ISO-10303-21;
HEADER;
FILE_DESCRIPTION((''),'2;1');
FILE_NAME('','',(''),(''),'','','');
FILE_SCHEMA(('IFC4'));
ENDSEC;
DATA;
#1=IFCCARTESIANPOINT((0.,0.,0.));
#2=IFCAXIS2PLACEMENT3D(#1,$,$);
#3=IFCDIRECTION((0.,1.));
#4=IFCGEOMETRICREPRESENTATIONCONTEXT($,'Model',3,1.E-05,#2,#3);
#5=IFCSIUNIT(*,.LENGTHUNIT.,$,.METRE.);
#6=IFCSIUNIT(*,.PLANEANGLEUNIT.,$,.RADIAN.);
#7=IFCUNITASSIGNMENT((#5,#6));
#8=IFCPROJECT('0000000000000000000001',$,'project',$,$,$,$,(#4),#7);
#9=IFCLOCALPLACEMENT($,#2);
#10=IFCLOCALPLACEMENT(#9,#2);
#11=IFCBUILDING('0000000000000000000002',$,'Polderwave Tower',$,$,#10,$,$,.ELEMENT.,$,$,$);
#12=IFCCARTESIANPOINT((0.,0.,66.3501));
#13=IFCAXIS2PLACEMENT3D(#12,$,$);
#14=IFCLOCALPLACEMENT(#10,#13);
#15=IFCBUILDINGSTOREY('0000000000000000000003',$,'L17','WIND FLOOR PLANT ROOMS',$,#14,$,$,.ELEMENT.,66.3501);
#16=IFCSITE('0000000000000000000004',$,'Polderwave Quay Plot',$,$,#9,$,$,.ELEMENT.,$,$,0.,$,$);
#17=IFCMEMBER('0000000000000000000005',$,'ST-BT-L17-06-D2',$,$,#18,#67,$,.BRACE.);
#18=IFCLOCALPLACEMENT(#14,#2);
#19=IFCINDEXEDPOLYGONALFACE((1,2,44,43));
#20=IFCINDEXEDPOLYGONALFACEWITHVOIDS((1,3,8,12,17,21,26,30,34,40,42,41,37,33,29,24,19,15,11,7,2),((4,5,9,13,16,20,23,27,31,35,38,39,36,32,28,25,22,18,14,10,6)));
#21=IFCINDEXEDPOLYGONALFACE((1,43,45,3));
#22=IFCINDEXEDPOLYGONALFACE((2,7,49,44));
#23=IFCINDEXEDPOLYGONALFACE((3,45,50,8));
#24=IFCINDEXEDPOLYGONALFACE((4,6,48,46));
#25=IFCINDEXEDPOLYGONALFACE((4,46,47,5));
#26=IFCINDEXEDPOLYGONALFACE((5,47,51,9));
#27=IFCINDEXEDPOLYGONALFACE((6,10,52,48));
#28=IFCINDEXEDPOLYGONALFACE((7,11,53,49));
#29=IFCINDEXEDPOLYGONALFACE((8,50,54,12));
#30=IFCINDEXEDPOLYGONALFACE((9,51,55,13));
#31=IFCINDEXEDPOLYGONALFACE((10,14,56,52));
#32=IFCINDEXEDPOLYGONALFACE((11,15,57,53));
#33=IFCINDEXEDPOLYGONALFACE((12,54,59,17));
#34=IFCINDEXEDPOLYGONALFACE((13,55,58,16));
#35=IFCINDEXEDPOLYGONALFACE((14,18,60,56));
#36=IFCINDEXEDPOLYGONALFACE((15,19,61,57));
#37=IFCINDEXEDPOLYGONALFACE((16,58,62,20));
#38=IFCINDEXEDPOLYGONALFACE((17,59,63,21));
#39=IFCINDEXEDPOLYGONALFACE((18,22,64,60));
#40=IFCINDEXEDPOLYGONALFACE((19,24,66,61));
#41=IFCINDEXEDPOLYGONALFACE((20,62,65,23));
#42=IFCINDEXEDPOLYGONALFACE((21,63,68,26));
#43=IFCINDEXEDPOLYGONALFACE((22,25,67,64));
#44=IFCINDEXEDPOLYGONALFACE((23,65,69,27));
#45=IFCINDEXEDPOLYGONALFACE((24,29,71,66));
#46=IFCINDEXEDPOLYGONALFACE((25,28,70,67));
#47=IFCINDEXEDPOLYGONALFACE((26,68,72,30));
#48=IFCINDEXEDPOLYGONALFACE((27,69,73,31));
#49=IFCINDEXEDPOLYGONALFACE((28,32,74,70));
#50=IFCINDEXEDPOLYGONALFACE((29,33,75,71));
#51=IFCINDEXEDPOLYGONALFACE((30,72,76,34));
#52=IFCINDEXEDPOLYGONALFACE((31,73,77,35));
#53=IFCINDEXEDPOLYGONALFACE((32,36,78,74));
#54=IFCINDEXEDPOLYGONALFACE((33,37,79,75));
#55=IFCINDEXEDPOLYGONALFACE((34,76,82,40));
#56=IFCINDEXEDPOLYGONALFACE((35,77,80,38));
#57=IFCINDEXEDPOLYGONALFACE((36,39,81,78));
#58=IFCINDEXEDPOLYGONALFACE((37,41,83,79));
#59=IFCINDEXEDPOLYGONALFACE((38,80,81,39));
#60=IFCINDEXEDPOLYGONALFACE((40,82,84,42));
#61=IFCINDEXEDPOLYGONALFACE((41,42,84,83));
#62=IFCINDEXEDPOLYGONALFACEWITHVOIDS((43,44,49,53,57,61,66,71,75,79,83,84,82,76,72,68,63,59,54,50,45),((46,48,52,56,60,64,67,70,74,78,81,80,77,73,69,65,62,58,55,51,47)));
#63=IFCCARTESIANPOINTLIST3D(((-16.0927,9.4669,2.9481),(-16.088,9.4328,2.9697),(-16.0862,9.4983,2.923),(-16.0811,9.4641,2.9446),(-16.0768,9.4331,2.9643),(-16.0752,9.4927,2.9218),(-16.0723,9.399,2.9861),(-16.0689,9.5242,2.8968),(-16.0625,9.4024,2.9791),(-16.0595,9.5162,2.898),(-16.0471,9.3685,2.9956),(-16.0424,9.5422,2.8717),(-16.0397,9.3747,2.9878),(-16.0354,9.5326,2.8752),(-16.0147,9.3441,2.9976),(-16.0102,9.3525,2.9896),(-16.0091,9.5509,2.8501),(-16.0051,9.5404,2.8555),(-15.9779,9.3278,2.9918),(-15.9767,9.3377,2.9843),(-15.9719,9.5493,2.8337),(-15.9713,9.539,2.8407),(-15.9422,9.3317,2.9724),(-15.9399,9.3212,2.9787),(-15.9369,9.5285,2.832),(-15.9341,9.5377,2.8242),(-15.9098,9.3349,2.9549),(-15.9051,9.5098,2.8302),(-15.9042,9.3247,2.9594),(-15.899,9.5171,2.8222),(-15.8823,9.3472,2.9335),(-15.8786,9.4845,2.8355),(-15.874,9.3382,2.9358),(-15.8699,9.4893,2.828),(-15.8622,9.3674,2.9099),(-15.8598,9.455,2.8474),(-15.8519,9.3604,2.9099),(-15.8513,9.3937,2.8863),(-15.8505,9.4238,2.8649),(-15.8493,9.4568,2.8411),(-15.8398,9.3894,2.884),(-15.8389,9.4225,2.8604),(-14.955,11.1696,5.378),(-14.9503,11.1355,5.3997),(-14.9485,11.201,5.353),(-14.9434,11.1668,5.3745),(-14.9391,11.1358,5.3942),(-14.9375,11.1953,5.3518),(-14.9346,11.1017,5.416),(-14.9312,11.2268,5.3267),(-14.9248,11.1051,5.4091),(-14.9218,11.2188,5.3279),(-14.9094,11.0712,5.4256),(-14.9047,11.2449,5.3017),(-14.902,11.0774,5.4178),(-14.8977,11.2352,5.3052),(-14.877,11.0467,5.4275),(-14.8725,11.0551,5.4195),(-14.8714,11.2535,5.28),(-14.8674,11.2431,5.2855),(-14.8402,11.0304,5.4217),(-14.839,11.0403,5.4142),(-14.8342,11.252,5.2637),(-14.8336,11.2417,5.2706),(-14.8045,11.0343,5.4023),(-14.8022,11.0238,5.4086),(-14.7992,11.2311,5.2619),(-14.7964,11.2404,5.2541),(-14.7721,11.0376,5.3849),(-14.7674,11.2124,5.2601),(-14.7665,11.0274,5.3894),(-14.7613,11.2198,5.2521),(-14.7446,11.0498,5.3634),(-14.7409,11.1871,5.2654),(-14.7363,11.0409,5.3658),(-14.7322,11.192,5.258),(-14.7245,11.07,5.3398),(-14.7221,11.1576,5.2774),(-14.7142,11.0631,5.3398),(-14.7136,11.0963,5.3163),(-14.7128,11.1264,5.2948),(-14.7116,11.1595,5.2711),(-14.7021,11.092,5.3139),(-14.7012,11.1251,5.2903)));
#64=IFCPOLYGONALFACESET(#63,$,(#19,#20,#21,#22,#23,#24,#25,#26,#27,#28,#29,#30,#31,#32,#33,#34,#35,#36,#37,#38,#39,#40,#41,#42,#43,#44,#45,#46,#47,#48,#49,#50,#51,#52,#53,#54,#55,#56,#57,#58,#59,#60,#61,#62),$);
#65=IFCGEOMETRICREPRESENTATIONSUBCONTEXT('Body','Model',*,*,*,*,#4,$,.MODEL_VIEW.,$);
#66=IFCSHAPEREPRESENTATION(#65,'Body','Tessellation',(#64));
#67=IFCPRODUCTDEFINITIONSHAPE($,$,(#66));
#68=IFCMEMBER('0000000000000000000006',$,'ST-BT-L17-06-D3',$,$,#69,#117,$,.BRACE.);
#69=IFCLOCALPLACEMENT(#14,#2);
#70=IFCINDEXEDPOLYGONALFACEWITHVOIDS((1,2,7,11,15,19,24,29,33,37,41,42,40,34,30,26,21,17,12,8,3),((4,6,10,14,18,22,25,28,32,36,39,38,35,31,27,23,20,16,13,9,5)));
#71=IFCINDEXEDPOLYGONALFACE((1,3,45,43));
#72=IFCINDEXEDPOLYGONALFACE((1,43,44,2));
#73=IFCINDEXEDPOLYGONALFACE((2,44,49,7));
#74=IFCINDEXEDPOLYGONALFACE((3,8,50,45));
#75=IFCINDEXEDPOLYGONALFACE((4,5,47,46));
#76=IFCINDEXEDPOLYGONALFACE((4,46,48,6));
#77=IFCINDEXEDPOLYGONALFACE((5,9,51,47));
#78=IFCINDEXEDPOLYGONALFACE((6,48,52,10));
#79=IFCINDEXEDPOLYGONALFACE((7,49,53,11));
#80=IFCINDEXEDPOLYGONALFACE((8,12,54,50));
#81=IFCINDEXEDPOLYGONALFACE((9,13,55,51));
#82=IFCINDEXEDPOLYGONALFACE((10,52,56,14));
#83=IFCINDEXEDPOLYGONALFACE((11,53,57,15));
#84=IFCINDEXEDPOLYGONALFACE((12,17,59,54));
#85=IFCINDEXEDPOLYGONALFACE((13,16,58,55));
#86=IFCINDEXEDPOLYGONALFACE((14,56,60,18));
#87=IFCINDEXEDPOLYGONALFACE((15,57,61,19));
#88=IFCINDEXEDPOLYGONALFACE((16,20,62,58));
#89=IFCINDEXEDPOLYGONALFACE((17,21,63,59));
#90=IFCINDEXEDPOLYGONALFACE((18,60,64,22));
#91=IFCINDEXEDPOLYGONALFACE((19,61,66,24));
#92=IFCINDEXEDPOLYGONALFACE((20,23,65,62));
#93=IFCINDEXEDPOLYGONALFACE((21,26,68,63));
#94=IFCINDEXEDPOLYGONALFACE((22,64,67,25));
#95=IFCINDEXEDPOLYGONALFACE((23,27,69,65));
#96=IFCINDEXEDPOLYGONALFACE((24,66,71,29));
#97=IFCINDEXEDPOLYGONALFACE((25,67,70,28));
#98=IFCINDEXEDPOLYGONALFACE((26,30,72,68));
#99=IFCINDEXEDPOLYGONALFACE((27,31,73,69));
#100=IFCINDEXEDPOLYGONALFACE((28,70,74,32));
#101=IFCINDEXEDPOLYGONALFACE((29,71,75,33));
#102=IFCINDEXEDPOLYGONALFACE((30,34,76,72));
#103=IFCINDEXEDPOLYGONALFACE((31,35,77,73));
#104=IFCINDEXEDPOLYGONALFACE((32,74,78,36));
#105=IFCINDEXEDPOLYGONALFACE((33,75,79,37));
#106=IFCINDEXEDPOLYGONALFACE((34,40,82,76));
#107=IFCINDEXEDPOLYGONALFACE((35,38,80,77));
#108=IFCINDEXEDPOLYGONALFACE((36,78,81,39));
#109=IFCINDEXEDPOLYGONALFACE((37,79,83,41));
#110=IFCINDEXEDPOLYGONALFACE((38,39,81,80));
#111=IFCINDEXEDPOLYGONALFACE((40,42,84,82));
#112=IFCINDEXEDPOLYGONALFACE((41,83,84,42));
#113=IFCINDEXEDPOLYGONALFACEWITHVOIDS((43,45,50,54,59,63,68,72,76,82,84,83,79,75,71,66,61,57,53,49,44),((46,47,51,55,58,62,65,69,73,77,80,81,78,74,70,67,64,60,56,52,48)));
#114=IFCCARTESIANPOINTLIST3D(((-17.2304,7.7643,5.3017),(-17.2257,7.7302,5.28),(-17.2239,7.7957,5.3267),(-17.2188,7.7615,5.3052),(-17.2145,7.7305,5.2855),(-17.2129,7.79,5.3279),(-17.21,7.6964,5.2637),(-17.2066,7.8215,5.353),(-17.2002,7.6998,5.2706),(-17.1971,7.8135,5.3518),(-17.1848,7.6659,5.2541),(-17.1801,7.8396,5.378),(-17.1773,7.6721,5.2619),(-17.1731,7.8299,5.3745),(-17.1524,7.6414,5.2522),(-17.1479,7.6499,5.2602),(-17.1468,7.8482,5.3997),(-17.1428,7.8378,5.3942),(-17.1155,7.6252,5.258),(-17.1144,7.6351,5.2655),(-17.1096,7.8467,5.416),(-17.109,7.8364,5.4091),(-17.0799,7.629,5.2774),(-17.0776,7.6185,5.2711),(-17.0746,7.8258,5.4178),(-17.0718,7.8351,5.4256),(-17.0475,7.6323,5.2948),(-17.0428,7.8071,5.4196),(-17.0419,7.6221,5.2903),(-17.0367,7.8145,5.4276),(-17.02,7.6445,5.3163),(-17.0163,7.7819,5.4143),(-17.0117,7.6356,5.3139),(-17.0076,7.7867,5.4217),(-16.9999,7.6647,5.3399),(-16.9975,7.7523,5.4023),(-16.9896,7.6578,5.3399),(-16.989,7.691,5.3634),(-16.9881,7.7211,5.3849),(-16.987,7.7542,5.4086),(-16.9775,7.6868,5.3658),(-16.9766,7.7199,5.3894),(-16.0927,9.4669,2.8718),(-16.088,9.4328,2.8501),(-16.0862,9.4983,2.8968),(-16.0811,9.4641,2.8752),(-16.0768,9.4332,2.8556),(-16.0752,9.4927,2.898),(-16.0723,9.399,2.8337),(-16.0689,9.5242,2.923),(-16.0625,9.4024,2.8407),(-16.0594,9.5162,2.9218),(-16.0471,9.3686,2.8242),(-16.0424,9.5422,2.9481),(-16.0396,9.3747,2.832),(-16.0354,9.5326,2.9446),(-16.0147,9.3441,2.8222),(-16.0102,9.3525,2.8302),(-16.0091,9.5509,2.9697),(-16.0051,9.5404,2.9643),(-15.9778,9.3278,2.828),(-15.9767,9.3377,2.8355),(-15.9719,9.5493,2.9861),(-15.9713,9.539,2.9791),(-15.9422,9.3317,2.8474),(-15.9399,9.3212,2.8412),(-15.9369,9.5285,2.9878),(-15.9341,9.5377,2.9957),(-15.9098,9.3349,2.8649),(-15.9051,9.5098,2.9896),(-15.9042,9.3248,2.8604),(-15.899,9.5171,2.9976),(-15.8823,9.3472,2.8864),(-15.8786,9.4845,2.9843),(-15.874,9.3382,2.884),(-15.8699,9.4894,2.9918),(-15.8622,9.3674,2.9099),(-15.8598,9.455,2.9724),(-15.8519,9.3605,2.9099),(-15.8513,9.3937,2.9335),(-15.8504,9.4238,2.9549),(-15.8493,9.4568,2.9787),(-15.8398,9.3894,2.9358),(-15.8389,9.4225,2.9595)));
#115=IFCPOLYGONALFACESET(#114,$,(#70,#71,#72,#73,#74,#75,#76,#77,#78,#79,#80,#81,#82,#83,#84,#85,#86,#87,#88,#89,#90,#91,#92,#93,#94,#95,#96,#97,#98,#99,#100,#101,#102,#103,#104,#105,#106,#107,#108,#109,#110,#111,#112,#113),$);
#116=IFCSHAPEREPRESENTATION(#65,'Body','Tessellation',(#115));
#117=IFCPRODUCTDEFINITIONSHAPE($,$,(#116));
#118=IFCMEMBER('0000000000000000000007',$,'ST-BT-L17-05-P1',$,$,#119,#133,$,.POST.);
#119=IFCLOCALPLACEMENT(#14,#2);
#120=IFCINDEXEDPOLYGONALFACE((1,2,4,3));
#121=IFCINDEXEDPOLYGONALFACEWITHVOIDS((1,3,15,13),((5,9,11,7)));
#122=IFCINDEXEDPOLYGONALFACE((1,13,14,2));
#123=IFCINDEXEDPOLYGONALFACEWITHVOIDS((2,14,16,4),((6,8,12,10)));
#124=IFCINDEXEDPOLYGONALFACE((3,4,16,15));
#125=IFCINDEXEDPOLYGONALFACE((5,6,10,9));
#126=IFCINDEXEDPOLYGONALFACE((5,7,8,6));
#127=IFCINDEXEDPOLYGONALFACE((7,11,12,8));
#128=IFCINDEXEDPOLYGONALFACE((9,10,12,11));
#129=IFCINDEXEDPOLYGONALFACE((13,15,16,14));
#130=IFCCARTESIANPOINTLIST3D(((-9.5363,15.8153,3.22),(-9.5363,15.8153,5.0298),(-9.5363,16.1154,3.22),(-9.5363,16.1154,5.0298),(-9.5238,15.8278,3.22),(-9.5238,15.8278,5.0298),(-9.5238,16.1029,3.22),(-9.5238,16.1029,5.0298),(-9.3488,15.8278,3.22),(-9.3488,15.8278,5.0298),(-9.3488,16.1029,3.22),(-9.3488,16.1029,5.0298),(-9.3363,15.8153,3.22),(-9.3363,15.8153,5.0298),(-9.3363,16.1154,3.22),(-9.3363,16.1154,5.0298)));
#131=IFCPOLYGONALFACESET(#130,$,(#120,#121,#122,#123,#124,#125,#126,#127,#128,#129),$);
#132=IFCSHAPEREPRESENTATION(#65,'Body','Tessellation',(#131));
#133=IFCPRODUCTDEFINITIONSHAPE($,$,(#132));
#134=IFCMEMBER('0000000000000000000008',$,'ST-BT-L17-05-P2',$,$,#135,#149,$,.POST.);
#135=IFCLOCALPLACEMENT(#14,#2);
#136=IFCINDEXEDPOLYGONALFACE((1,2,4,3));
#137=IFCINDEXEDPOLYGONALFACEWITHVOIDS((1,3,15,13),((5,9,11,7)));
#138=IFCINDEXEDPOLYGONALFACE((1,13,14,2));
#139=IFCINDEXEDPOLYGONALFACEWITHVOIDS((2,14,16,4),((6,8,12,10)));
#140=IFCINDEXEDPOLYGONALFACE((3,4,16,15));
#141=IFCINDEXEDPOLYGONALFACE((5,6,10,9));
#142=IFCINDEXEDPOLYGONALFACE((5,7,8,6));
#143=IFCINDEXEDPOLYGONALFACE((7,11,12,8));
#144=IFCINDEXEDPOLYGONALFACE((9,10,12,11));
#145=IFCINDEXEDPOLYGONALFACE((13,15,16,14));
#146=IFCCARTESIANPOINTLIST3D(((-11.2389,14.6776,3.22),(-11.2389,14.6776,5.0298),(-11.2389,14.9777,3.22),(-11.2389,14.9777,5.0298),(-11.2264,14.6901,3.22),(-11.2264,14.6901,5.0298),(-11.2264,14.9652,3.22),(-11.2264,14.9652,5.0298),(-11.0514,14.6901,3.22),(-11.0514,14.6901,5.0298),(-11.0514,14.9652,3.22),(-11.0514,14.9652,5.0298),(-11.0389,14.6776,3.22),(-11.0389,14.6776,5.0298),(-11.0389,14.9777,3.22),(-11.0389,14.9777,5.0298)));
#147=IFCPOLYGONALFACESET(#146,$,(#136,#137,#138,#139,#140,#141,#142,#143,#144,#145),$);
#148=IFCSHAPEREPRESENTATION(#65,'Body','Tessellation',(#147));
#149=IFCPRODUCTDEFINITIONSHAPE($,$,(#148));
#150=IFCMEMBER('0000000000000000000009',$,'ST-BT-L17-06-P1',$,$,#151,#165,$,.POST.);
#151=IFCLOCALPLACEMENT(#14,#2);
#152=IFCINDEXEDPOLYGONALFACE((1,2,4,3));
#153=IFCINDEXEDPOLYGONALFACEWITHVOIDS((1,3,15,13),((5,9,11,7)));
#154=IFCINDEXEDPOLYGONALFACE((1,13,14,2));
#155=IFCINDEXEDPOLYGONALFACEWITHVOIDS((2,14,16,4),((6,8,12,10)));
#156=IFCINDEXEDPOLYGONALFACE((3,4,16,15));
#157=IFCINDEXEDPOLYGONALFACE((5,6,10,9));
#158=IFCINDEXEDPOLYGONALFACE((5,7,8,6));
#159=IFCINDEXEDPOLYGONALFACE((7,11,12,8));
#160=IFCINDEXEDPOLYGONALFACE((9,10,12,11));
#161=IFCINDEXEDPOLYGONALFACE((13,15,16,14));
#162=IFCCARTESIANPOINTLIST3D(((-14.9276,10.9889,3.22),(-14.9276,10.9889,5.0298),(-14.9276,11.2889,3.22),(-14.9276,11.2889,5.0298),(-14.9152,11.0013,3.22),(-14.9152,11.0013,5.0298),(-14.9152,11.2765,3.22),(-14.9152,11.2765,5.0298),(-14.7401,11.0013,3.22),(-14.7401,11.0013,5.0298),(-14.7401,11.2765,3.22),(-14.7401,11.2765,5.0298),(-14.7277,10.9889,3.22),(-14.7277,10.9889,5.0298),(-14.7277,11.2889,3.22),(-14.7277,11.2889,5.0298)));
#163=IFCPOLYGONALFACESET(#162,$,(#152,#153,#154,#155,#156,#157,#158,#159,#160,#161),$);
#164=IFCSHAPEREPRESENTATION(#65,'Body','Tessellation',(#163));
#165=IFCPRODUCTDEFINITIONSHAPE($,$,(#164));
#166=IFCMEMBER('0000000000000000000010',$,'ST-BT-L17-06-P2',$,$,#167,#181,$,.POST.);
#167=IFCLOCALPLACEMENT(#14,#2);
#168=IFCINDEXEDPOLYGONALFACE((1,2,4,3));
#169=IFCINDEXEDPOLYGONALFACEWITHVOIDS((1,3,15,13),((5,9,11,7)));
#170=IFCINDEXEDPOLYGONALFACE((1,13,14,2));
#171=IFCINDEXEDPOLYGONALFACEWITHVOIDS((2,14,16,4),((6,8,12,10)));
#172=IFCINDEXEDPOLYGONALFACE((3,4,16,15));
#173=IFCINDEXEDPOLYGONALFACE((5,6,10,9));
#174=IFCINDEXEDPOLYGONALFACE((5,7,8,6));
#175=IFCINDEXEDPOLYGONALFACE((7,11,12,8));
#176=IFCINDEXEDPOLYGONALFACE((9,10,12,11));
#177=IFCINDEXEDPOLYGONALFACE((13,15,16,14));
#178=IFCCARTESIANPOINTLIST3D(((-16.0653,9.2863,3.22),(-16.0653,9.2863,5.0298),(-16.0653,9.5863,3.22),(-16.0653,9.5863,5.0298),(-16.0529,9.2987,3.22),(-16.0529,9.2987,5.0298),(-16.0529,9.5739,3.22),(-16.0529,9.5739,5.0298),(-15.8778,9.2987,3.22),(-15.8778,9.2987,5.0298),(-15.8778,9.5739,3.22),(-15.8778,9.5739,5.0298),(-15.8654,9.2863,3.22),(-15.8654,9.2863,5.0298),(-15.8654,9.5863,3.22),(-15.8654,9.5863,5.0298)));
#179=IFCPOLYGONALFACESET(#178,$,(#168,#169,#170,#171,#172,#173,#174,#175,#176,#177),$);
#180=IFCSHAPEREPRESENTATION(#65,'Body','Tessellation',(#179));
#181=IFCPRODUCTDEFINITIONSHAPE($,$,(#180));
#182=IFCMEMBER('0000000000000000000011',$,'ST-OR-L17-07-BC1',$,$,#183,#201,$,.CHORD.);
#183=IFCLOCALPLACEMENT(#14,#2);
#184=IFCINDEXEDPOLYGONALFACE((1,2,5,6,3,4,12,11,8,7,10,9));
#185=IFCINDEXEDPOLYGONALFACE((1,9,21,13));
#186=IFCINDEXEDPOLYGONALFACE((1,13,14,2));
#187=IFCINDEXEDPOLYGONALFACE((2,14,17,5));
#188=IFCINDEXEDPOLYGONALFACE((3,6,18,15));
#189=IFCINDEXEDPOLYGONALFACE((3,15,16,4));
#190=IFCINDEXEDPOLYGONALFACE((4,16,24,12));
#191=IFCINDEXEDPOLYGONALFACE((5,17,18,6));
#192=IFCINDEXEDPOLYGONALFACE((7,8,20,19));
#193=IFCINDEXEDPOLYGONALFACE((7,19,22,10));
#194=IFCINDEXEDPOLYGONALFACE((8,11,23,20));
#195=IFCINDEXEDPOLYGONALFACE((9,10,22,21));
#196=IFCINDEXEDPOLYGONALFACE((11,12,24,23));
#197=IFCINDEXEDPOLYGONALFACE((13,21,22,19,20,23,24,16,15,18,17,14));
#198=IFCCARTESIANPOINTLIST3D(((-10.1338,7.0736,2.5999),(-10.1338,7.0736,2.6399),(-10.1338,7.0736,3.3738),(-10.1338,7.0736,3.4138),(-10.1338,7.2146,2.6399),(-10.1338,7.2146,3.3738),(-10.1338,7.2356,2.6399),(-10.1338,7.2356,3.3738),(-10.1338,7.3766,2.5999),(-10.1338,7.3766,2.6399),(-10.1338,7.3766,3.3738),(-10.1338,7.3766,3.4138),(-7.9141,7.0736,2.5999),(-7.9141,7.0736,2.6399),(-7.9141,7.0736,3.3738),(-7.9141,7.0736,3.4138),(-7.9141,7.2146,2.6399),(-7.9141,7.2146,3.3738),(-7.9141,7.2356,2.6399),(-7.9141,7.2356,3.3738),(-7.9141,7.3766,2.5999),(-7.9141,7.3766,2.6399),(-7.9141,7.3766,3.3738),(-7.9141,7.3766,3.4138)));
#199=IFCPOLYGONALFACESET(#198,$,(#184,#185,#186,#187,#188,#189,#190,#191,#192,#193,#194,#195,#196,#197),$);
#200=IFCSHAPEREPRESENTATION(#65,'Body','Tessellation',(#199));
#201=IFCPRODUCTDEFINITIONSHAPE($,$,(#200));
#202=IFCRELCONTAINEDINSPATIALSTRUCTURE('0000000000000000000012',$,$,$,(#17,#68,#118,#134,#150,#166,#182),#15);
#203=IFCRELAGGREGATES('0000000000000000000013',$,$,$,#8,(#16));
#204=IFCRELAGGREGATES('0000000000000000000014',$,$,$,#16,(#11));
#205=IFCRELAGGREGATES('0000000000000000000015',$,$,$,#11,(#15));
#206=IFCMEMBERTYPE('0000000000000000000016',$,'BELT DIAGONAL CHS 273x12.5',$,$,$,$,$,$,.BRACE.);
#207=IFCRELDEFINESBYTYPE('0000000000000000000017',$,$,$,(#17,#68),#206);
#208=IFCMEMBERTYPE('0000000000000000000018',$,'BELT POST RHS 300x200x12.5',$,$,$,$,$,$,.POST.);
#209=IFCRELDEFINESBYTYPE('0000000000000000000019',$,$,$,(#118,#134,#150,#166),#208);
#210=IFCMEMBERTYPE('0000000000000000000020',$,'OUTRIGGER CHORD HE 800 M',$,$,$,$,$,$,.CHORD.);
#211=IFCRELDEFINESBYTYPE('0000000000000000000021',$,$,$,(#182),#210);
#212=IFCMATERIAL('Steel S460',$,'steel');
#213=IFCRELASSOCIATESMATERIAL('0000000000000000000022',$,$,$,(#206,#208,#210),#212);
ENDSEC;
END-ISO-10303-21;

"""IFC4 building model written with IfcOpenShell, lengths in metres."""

from ifc_helpers import new_model, si_unit, direction, frame, origin, origin_2d, place, context, subcontext, project, spatial, hollow_rectangle, hollow_circle, i_section, extrude, material, material_profile, profile_set, type_object, element, save


model = new_model("IFC4")

# Units and contexts
model_context = context("Model", 3, precision=1e-05, world=origin(), true_north=direction((0.0, 1.0)))
body_context = subcontext(model_context, "Body", "Model", "MODEL_VIEW")
ifc_project = project(units=[si_unit("LENGTHUNIT", "METRE"), si_unit("PLANEANGLEUNIT", "RADIAN")], contexts=[model_context])

# Site, building, storey
site_placement = place(None, origin())
site = spatial("IfcSite", under=ifc_project, at=site_placement, Name="Polderwave Quay Plot", CompositionType="ELEMENT", RefElevation=0.0)
building_placement = place(site_placement, origin())
building = spatial("IfcBuilding", under=site, at=building_placement, Name="Polderwave Tower", CompositionType="ELEMENT")
storey_placement = place(building_placement, frame((0.0, 0.0, 66.3501)))
storey = spatial("IfcBuildingStorey", under=building, at=storey_placement, Name="L17", Description="WIND FLOOR PLANT ROOMS", CompositionType="ELEMENT", Elevation=66.3501)

# Members
ifc_material_1 = material(Name="Steel S460", Category="steel")
ifc_material_profile_1 = material_profile(ifc_material_1, hollow_circle(Radius=0.1365, WallThickness=0.0125, at=origin_2d()), Name="CHS 273x12.5")
ifc_profile_set_1 = profile_set([ifc_material_profile_1], Name="Steel S460")
member_type_1 = type_object("IfcMemberType", Name="BELT DIAGONAL CHS 273x12.5", PredefinedType="BRACE", material=ifc_profile_set_1)
for number, where, z_axis, x_axis, name in (
    (1, (-14.8276, 11.1389, 5.3398), (-0.358023, -0.535805, -0.764678), (0.831463, -0.55558, 0.0), "ST-BT-L17-06-D2"),
    (2, (-15.9653, 9.4363, 2.9099), (-0.358023, -0.535805, 0.764678), (0.831463, -0.55558, 0.0), "ST-BT-L17-06-D3"),
):
    element("IfcMember", number, at=place(storey_placement, frame(where, z_axis=z_axis, x_axis=x_axis)), inside=storey, type_object=member_type_1, Name=name, PredefinedType="BRACE", context=body_context, shape_type="SweptSolid", body=[
        extrude(hollow_circle(Radius=0.1365, WallThickness=0.0125, at=origin_2d()), origin(), (0.0, 0.0, 1.0), 3.1777),
    ])
ifc_material_profile_2 = material_profile(ifc_material_1, hollow_rectangle(XDim=0.2, YDim=0.3, WallThickness=0.0125, at=origin_2d()), Name="RHS 300x200x12.5")
ifc_profile_set_2 = profile_set([ifc_material_profile_2], Name="Steel S460")
member_type_2 = type_object("IfcMemberType", Name="BELT POST RHS 300x200x12.5", PredefinedType="POST", material=ifc_profile_set_2)
for number, where, z_axis, x_axis, name in (
    (3, (-9.4363, 15.9653, 3.22), (0.0, 0.0, 1.0), (1.0, 0.0, 0.0), "ST-BT-L17-05-P1"),
    (4, (-11.1389, 14.8276, 3.22), (0.0, 0.0, 1.0), (1.0, 0.0, 0.0), "ST-BT-L17-05-P2"),
    (5, (-14.8276, 11.1389, 3.22), (0.0, 0.0, 1.0), (1.0, 0.0, 0.0), "ST-BT-L17-06-P1"),
    (6, (-15.9653, 9.4363, 3.22), (0.0, 0.0, 1.0), (1.0, 0.0, 0.0), "ST-BT-L17-06-P2"),
):
    element("IfcMember", number, at=place(storey_placement, frame(where, z_axis=z_axis, x_axis=x_axis)), inside=storey, type_object=member_type_2, Name=name, PredefinedType="POST", context=body_context, shape_type="SweptSolid", body=[
        extrude(hollow_rectangle(XDim=0.2, YDim=0.3, WallThickness=0.0125, at=origin_2d()), origin(), (0.0, 0.0, 1.0), 1.8098),
    ])
ifc_material_profile_3 = material_profile(ifc_material_1, i_section(OverallWidth=0.303, OverallDepth=0.814, WebThickness=0.021, FlangeThickness=0.04, at=origin_2d()), Name="HE 800 M")
ifc_profile_set_3 = profile_set([ifc_material_profile_3], Name="Steel S460")
member_type_3 = type_object("IfcMemberType", Name="OUTRIGGER CHORD HE 800 M", PredefinedType="CHORD", material=ifc_profile_set_3)
member_1_placement = place(storey_placement, frame((-7.9141, 7.2251, 3.0068), z_axis=(-1.0, 0.0, 0.0), x_axis=(0.0, -1.0, 0.0)))
element("IfcMember", 7, at=member_1_placement, inside=storey, type_object=member_type_3, Name="ST-OR-L17-07-BC1", PredefinedType="CHORD", context=body_context, shape_type="SweptSolid", body=[
    extrude(i_section(OverallWidth=0.303, OverallDepth=0.814, WebThickness=0.021, FlangeThickness=0.04, at=origin_2d()), origin(), (0.0, 0.0, 1.0), 2.2197),
])

save(model, "model.ifc")
